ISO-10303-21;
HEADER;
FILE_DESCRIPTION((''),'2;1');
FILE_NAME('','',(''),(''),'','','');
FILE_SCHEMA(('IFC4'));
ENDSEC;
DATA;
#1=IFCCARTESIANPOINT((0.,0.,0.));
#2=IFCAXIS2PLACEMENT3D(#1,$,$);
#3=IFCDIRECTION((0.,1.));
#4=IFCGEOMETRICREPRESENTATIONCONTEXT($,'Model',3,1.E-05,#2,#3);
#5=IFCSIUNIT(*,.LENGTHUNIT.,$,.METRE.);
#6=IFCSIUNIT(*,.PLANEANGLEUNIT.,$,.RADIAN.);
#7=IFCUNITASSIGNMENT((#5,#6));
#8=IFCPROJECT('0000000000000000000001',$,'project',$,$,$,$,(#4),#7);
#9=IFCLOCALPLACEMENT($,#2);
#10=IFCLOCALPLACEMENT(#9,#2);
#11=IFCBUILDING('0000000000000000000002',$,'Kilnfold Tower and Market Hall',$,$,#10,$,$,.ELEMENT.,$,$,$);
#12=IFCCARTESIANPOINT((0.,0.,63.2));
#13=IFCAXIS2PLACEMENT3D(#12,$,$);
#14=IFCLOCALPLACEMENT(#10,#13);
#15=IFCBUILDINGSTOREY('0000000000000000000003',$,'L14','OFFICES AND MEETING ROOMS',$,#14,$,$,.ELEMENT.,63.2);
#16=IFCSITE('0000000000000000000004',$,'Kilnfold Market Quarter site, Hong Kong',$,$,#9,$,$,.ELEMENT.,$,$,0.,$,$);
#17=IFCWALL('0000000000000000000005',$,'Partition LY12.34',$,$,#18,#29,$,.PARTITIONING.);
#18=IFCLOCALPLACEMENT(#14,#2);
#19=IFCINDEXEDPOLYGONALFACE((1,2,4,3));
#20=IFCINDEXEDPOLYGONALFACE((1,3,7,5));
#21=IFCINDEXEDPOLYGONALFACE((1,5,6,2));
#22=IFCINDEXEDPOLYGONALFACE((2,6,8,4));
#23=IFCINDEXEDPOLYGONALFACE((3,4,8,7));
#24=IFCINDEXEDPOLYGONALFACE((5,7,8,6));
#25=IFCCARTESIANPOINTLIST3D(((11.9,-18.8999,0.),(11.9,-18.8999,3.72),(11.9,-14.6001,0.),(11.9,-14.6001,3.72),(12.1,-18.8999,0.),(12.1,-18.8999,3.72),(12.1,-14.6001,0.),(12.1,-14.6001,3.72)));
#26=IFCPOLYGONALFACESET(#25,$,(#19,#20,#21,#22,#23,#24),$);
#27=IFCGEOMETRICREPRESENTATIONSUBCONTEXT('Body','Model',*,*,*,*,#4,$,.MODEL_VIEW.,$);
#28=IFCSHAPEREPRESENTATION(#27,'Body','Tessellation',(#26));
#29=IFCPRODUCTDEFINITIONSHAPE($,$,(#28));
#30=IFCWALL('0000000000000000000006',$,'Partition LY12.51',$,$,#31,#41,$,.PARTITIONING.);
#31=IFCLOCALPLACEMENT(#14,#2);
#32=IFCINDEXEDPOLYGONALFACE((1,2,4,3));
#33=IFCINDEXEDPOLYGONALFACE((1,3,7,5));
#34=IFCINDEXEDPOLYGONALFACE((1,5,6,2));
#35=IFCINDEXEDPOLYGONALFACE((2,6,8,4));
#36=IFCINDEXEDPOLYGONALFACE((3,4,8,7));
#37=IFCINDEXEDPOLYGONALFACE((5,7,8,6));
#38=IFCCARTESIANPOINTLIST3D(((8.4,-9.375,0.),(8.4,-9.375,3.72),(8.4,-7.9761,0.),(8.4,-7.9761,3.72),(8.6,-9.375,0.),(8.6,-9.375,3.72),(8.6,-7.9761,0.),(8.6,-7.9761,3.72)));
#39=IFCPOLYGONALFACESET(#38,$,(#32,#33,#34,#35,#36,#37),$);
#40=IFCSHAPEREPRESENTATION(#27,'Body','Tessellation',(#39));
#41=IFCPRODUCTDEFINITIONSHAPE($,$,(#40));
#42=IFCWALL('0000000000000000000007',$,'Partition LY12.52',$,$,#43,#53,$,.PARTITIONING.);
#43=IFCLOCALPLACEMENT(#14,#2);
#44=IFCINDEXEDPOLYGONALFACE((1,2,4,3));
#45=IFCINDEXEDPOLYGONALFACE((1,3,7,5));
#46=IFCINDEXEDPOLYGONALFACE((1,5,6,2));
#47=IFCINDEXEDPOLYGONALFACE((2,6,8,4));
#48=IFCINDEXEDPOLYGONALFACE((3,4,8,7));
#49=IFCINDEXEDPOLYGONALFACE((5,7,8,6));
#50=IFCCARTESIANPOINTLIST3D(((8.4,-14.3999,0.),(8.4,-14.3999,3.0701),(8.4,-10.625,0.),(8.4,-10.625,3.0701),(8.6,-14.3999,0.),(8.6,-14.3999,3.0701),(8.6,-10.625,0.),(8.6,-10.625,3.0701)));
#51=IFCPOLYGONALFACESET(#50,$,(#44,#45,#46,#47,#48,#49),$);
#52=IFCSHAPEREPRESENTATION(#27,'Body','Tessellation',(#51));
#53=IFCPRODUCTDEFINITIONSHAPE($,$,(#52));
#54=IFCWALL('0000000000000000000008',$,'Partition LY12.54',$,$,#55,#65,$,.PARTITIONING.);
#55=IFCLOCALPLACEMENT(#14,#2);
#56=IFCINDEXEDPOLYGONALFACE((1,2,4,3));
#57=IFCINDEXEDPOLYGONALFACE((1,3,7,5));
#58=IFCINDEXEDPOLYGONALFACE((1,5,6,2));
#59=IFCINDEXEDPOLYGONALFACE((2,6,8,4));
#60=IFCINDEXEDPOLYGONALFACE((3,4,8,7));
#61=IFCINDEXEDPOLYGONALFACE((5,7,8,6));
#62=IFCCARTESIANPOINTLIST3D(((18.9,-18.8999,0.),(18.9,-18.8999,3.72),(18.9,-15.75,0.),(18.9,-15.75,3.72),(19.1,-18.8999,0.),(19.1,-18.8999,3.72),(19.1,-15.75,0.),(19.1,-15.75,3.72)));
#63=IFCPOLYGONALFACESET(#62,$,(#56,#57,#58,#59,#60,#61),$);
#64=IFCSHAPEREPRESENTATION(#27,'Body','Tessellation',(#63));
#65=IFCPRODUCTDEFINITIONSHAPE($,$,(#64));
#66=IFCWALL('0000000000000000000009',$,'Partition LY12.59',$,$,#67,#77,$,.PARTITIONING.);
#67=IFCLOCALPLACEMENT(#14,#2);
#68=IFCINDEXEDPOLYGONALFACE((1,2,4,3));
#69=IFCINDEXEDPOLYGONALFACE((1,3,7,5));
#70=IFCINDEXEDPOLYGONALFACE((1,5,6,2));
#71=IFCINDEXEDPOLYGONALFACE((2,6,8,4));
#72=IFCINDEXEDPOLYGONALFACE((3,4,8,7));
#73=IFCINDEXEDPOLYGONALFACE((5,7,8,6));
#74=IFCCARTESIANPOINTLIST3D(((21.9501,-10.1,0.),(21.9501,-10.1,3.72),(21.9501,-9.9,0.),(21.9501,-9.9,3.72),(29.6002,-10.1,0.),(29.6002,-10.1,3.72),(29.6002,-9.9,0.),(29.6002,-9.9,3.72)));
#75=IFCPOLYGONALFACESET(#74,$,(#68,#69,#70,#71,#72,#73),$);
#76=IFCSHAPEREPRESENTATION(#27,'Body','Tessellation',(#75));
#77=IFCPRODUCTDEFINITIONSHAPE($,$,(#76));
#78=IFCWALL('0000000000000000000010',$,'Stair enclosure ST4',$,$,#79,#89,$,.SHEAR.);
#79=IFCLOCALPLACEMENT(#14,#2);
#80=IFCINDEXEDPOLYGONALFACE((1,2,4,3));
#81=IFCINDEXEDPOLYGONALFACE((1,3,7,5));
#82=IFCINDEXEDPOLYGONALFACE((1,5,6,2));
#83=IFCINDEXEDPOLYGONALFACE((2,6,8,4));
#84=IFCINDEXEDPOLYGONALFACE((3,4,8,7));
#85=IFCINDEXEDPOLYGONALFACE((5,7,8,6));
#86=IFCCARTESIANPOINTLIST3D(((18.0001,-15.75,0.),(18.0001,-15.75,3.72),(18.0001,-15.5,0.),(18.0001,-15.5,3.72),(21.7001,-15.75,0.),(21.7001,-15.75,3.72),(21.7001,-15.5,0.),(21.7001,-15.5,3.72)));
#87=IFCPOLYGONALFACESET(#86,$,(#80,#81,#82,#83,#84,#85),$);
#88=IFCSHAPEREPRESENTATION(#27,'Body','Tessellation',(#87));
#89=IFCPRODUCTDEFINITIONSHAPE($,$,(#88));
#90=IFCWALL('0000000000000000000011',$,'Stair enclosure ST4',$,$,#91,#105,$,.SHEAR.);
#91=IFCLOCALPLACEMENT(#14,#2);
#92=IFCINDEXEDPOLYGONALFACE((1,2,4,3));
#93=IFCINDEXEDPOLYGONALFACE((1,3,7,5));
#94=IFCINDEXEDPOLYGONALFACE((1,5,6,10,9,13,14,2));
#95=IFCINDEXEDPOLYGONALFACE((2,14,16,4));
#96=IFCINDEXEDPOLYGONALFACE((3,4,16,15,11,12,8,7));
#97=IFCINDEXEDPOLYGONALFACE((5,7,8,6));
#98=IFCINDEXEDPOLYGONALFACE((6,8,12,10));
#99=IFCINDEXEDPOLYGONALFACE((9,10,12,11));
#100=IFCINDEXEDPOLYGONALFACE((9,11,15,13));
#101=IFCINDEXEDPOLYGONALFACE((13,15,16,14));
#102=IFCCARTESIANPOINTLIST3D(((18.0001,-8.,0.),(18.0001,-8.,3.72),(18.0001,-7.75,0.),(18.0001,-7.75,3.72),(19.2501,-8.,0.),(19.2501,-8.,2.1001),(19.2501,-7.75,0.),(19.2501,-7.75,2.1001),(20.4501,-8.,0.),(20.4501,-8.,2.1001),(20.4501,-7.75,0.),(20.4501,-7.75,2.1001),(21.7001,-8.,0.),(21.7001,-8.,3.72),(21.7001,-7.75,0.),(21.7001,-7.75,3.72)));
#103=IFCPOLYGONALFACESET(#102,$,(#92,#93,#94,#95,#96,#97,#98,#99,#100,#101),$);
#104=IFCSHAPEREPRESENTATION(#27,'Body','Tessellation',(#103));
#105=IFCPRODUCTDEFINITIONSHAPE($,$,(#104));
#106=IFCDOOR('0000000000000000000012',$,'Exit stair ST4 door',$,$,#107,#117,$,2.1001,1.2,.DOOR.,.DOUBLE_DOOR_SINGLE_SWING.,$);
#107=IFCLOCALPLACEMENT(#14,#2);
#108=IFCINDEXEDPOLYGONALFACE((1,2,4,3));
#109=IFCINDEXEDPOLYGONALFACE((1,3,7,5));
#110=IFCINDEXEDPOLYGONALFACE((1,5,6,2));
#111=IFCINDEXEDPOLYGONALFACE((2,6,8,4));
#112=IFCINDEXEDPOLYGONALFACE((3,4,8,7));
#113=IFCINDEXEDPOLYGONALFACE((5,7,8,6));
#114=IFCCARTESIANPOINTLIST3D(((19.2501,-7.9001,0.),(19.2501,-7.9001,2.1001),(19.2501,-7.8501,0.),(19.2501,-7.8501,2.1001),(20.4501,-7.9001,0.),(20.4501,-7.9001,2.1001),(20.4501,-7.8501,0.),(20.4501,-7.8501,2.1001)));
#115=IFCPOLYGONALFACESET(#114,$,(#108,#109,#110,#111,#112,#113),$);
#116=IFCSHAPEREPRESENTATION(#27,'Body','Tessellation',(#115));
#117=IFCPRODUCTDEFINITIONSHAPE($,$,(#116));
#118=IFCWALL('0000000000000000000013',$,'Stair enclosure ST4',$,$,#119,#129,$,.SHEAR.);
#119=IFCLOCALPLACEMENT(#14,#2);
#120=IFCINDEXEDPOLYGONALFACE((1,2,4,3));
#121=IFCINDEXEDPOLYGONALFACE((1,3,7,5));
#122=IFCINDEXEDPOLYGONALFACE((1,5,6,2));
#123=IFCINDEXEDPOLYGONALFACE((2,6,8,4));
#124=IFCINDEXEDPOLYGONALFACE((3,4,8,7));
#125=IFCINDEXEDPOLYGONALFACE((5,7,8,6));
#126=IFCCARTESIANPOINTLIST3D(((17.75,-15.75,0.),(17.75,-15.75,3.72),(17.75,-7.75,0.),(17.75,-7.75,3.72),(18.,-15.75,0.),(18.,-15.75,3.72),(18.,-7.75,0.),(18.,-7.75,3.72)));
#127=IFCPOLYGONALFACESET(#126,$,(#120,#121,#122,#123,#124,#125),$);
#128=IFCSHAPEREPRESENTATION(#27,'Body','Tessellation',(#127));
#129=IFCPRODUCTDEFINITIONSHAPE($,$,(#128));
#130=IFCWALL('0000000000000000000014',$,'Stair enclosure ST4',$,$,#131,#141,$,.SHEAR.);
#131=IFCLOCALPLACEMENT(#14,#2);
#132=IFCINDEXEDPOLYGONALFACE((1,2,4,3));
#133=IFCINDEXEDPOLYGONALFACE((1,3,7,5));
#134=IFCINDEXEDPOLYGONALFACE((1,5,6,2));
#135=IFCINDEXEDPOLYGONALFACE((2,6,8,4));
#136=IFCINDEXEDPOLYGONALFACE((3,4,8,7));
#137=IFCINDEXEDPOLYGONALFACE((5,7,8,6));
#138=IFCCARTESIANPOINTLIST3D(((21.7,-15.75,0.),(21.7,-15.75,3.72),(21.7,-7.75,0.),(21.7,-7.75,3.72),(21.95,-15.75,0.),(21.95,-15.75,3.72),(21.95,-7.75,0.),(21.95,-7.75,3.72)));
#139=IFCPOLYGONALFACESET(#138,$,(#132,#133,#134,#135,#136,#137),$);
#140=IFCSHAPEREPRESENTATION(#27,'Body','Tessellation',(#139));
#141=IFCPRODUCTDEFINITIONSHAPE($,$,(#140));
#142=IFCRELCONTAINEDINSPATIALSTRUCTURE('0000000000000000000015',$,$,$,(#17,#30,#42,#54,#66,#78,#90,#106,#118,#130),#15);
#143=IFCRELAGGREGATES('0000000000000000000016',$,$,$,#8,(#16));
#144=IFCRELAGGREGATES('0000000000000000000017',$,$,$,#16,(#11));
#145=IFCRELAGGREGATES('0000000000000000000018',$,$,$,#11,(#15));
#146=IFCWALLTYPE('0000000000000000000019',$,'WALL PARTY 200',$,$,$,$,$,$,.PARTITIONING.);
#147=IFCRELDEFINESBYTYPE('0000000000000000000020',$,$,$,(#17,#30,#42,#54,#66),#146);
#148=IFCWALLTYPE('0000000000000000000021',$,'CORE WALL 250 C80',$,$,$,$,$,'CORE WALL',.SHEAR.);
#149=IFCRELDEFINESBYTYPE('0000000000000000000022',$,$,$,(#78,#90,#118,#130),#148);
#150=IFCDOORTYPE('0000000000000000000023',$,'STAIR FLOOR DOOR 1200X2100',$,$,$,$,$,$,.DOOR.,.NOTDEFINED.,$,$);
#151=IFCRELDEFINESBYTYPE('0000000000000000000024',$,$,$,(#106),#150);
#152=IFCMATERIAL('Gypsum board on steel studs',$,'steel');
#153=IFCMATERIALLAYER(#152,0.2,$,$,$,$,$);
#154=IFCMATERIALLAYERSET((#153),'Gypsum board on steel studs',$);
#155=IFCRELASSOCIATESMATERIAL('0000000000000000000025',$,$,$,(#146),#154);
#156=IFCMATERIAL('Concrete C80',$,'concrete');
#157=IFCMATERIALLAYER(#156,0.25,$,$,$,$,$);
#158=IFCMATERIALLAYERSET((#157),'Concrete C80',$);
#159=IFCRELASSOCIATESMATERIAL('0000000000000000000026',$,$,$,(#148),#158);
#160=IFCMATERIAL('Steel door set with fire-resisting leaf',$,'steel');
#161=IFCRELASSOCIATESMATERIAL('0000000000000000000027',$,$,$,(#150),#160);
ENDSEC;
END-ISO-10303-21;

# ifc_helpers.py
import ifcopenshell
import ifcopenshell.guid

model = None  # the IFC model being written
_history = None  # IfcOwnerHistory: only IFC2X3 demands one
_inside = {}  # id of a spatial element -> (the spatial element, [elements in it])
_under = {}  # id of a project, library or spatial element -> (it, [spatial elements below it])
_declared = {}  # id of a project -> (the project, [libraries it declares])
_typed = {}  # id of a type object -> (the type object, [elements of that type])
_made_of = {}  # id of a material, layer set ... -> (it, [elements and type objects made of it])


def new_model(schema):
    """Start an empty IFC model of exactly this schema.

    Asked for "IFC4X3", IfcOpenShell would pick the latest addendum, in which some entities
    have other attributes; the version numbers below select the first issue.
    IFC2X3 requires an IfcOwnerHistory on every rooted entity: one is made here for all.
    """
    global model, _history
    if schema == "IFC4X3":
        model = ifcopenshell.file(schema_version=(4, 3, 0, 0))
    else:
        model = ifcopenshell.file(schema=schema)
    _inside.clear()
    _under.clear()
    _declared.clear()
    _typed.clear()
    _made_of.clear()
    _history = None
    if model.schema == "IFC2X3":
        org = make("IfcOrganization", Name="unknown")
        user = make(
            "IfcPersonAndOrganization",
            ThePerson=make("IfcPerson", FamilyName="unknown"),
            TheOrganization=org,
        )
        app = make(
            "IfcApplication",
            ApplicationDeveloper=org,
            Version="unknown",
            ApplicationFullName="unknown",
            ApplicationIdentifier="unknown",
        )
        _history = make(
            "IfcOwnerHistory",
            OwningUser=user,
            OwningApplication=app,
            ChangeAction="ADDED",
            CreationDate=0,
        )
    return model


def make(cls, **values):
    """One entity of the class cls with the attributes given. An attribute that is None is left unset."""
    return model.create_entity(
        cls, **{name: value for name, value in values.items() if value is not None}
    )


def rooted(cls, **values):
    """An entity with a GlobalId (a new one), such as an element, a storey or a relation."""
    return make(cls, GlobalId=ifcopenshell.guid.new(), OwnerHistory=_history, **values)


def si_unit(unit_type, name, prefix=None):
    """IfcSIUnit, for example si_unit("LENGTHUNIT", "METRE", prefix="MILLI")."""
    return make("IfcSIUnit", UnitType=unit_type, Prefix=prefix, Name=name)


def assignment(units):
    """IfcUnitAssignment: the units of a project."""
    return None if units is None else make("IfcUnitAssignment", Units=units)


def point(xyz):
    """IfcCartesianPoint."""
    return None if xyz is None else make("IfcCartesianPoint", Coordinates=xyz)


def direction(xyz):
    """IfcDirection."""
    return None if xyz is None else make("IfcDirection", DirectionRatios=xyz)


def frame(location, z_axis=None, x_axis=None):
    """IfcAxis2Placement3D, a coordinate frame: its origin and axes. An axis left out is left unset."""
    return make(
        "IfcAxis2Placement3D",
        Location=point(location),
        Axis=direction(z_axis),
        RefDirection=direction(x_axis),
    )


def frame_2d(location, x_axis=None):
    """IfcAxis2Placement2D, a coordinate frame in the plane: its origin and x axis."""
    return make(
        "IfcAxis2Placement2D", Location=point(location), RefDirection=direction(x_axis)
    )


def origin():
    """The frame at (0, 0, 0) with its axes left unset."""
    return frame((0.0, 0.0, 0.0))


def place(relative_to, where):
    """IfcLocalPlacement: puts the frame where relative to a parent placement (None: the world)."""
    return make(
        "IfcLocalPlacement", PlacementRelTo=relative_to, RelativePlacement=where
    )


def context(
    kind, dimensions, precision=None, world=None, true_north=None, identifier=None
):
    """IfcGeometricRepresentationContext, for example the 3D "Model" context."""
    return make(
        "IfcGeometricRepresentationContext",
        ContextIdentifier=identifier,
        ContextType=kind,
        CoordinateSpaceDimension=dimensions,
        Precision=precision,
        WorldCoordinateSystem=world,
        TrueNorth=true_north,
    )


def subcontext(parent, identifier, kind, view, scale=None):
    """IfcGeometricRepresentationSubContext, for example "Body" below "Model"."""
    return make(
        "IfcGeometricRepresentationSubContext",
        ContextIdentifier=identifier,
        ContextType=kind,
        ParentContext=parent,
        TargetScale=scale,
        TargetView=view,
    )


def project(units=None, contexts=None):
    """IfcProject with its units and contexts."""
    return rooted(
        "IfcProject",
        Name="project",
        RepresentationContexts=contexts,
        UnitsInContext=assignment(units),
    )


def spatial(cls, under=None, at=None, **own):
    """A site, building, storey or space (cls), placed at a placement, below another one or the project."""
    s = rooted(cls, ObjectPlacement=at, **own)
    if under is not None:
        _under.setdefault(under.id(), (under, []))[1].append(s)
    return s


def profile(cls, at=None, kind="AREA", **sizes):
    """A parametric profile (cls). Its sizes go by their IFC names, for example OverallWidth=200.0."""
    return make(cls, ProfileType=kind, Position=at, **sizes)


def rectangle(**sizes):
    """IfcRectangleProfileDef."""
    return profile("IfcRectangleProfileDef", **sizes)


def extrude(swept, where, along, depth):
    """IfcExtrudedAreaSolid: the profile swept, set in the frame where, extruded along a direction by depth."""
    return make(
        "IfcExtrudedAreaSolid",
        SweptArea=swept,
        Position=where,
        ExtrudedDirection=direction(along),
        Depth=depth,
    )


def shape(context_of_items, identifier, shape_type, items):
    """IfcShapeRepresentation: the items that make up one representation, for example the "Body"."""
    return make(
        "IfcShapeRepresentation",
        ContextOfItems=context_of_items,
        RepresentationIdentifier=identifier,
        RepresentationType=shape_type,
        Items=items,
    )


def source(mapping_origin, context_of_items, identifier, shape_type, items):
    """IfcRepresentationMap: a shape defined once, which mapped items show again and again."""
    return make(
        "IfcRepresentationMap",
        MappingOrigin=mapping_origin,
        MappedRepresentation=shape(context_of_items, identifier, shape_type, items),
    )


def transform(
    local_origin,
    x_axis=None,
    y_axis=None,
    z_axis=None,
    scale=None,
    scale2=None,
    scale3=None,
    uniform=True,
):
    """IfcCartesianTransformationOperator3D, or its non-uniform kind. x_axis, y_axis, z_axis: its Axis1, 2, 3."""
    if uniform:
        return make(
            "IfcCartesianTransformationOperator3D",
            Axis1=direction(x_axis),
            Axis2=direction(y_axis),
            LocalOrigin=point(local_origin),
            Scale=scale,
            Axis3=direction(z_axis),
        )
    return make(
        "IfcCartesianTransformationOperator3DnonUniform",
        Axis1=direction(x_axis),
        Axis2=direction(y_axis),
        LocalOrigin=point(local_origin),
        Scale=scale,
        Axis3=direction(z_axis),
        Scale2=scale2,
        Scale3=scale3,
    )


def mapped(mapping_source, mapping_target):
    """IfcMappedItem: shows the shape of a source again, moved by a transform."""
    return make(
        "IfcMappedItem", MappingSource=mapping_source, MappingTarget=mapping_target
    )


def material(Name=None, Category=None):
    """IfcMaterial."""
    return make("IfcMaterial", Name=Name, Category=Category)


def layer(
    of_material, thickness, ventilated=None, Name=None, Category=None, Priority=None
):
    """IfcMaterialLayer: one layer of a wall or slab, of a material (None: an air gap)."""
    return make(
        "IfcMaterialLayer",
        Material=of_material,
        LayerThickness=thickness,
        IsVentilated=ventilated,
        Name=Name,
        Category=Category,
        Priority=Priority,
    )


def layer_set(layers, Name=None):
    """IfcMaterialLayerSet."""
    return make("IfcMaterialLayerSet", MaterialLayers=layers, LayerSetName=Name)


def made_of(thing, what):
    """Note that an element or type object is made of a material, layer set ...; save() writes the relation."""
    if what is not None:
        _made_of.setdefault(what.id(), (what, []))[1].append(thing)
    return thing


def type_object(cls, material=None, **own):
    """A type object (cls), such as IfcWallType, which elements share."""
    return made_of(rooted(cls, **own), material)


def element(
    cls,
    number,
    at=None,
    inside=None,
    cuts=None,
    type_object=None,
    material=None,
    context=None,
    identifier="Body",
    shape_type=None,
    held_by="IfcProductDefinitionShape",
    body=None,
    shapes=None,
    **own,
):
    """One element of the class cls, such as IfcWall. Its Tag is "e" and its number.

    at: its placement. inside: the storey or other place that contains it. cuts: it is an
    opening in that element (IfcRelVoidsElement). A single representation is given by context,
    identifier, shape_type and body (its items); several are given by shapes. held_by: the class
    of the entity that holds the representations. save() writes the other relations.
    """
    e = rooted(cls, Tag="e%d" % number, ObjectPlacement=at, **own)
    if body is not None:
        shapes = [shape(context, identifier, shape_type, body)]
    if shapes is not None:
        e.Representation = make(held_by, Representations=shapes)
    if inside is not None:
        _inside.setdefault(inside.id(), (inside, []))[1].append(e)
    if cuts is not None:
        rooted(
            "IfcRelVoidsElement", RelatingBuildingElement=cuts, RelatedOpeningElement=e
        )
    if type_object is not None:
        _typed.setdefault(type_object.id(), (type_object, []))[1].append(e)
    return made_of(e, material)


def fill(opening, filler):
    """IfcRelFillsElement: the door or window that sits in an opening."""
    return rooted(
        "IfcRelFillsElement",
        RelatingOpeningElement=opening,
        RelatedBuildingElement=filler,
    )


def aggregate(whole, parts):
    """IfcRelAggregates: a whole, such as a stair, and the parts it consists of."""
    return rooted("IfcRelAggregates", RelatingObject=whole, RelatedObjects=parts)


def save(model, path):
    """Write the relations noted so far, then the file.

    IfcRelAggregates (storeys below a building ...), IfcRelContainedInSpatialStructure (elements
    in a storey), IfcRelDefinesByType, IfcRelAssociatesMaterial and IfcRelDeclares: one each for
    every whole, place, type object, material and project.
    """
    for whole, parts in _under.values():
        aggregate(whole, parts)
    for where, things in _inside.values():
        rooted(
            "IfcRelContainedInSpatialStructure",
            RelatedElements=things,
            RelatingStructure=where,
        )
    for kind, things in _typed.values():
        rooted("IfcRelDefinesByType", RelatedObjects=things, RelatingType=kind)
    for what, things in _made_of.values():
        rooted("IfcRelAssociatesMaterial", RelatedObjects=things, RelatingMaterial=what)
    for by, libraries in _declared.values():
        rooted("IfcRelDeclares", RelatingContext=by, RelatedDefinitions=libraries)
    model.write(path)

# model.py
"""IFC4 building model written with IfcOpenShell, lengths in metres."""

from ifc_helpers import new_model, si_unit, direction, frame, frame_2d, origin, place, context, subcontext, project, spatial, rectangle, extrude, source, transform, mapped, material, layer, layer_set, type_object, element, fill, save


model = new_model("IFC4")

# Units and contexts
model_context = context("Model", 3, precision=1e-05, world=origin(), true_north=direction((0.0, 1.0)))
body_context = subcontext(model_context, "Body", "Model", "MODEL_VIEW")
ifc_project = project(units=[si_unit("LENGTHUNIT", "METRE"), si_unit("PLANEANGLEUNIT", "RADIAN")], contexts=[model_context])

# Site, building, storey
site_placement = place(None, origin())
site = spatial("IfcSite", under=ifc_project, at=site_placement, Name="Kilnfold Market Quarter site, Hong Kong", CompositionType="ELEMENT", RefElevation=0.0)
building_placement = place(site_placement, origin())
building = spatial("IfcBuilding", under=site, at=building_placement, Name="Kilnfold Tower and Market Hall", CompositionType="ELEMENT")
storey_placement = place(building_placement, frame((0.0, 0.0, 63.2)))
storey = spatial("IfcBuildingStorey", under=building, at=storey_placement, Name="L14", Description="OFFICES AND MEETING ROOMS", CompositionType="ELEMENT", Elevation=63.2)

# Walls
ifc_material_1 = material(Name="Gypsum board on steel studs", Category="steel")
ifc_layer_1 = layer(ifc_material_1, 0.2)
ifc_layer_set_1 = layer_set([ifc_layer_1], Name="Gypsum board on steel studs")
wall_type_1 = type_object("IfcWallType", Name="WALL PARTY 200", PredefinedType="PARTITIONING", material=ifc_layer_set_1)
wall_1_placement = place(storey_placement, frame((12.0, -18.8999, 0.0), z_axis=(0.0, 0.0, 1.0), x_axis=(0.0, 1.0, 0.0)))
element("IfcWall", 1, at=wall_1_placement, inside=storey, type_object=wall_type_1, Name="Partition LY12.34", PredefinedType="PARTITIONING", context=body_context, shape_type="SweptSolid", body=[
    extrude(rectangle(XDim=4.2998, YDim=0.2, at=frame_2d((2.1499, 0.0))), origin(), (0.0, 0.0, 1.0), 3.72),
])
wall_2_placement = place(storey_placement, frame((8.5, -9.375, 0.0), z_axis=(0.0, 0.0, 1.0), x_axis=(0.0, 1.0, 0.0)))
element("IfcWall", 2, at=wall_2_placement, inside=storey, type_object=wall_type_1, Name="Partition LY12.51", PredefinedType="PARTITIONING", context=body_context, shape_type="SweptSolid", body=[
    extrude(rectangle(XDim=1.3989, YDim=0.2, at=frame_2d((0.6995, 0.0))), origin(), (0.0, 0.0, 1.0), 3.72),
])
wall_3_placement = place(storey_placement, frame((8.5, -14.3999, 0.0), z_axis=(0.0, 0.0, 1.0), x_axis=(0.0, 1.0, 0.0)))
element("IfcWall", 3, at=wall_3_placement, inside=storey, type_object=wall_type_1, Name="Partition LY12.52", PredefinedType="PARTITIONING", context=body_context, shape_type="SweptSolid", body=[
    extrude(rectangle(XDim=3.7749, YDim=0.2, at=frame_2d((1.8875, 0.0))), origin(), (0.0, 0.0, 1.0), 3.0701),
])
wall_4_placement = place(storey_placement, frame((19.0, -18.8999, 0.0), z_axis=(0.0, 0.0, 1.0), x_axis=(0.0, 1.0, 0.0)))
element("IfcWall", 4, at=wall_4_placement, inside=storey, type_object=wall_type_1, Name="Partition LY12.54", PredefinedType="PARTITIONING", context=body_context, shape_type="SweptSolid", body=[
    extrude(rectangle(XDim=3.1499, YDim=0.2, at=frame_2d((1.575, 0.0))), origin(), (0.0, 0.0, 1.0), 3.72),
])
wall_5_placement = place(storey_placement, frame((21.95, -10.0, 0.0), z_axis=(0.0, 0.0, 1.0), x_axis=(1.0, 0.0, 0.0)))
element("IfcWall", 5, at=wall_5_placement, inside=storey, type_object=wall_type_1, Name="Partition LY12.59", PredefinedType="PARTITIONING", context=body_context, shape_type="SweptSolid", body=[
    extrude(rectangle(XDim=7.6501, YDim=0.2, at=frame_2d((3.8252, 0.0))), origin(), (0.0, 0.0, 1.0), 3.72),
])
ifc_material_2 = material(Name="Concrete C80", Category="concrete")
ifc_layer_2 = layer(ifc_material_2, 0.25)
ifc_layer_set_2 = layer_set([ifc_layer_2], Name="Concrete C80")
wall_type_2 = type_object("IfcWallType", Name="CORE WALL 250 C80", ElementType="CORE WALL", PredefinedType="SHEAR", material=ifc_layer_set_2)
shared_shape_1 = source(origin(), body_context, "Body", "SweptSolid", [
    extrude(rectangle(XDim=3.7, YDim=0.25, at=frame_2d((1.8501, 0.0))), origin(), (0.0, 0.0, 1.0), 3.72),
])
wall_6_placement = place(storey_placement, frame((18.0, -15.625, 0.0), z_axis=(0.0, 0.0, 1.0), x_axis=(1.0, 0.0, 0.0)))
element("IfcWall", 6, at=wall_6_placement, inside=storey, type_object=wall_type_2, Name="Stair enclosure ST4", PredefinedType="SHEAR", context=body_context, shape_type="MappedRepresentation", body=[
    mapped(shared_shape_1, transform((0.0, 0.0, 0.0))),
])

# Wall, opening, door
wall_7_placement = place(storey_placement, frame((18.0, -7.875, 0.0), z_axis=(0.0, 0.0, 1.0), x_axis=(1.0, 0.0, 0.0)))
wall_7 = element("IfcWall", 7, at=wall_7_placement, inside=storey, type_object=wall_type_2, Name="Stair enclosure ST4", PredefinedType="SHEAR", context=body_context, shape_type="MappedRepresentation", body=[
    mapped(shared_shape_1, transform((0.0, 0.0, 0.0))),
])
opening_1_placement = place(wall_7_placement, frame((1.25, 0.0, 0.0)))
opening_1 = element("IfcOpeningElement", 8, at=opening_1_placement, cuts=wall_7, PredefinedType="OPENING", context=body_context, shape_type="SweptSolid", body=[
    extrude(rectangle(XDim=1.2, YDim=2.1001, at=frame_2d((0.6001, 1.05))), frame((0.0, 0.135, 0.0), z_axis=(0.0, -1.0, 0.0), x_axis=(1.0, 0.0, 0.0)), (0.0, 0.0, 1.0), 0.27),
])
ifc_material_3 = material(Name="Steel door set with fire-resisting leaf", Category="steel")
door_type_1 = type_object("IfcDoorType", Name="STAIR FLOOR DOOR 1200X2100", OperationType="NOTDEFINED", PredefinedType="DOOR", material=ifc_material_3)
door_1_placement = place(opening_1_placement, origin())
door_1 = element("IfcDoor", 9, at=door_1_placement, inside=storey, type_object=door_type_1, Name="Exit stair ST4 door", OperationType="DOUBLE_DOOR_SINGLE_SWING", OverallHeight=2.1001, OverallWidth=1.2, PredefinedType="DOOR", context=body_context, shape_type="SweptSolid", body=[
    extrude(rectangle(XDim=1.2, YDim=2.1001, at=frame_2d((0.6001, 1.05))), frame((0.0, 0.0249, 0.0), z_axis=(0.0, -1.0, 0.0), x_axis=(1.0, 0.0, 0.0)), (0.0, 0.0, 1.0), 0.05),
])
fill(opening_1, door_1)

# Walls
shared_shape_2 = source(origin(), body_context, "Body", "SweptSolid", [
    extrude(rectangle(XDim=8.0, YDim=0.25, at=frame_2d((4.0, 0.0))), origin(), (0.0, 0.0, 1.0), 3.72),
])
for number, where, z_axis, x_axis, name in (
    (10, (17.875, -15.75, 0.0), (0.0, 0.0, 1.0), (0.0, 1.0, 0.0), "Stair enclosure ST4"),
    (11, (21.825, -15.75, 0.0), (0.0, 0.0, 1.0), (0.0, 1.0, 0.0), "Stair enclosure ST4"),
):
    element("IfcWall", number, at=place(storey_placement, frame(where, z_axis=z_axis, x_axis=x_axis)), inside=storey, type_object=wall_type_2, Name=name, PredefinedType="SHEAR", context=body_context, shape_type="MappedRepresentation", body=[
        mapped(shared_shape_2, transform((0.0, 0.0, 0.0))),
    ])

save(model, "model.ifc")
